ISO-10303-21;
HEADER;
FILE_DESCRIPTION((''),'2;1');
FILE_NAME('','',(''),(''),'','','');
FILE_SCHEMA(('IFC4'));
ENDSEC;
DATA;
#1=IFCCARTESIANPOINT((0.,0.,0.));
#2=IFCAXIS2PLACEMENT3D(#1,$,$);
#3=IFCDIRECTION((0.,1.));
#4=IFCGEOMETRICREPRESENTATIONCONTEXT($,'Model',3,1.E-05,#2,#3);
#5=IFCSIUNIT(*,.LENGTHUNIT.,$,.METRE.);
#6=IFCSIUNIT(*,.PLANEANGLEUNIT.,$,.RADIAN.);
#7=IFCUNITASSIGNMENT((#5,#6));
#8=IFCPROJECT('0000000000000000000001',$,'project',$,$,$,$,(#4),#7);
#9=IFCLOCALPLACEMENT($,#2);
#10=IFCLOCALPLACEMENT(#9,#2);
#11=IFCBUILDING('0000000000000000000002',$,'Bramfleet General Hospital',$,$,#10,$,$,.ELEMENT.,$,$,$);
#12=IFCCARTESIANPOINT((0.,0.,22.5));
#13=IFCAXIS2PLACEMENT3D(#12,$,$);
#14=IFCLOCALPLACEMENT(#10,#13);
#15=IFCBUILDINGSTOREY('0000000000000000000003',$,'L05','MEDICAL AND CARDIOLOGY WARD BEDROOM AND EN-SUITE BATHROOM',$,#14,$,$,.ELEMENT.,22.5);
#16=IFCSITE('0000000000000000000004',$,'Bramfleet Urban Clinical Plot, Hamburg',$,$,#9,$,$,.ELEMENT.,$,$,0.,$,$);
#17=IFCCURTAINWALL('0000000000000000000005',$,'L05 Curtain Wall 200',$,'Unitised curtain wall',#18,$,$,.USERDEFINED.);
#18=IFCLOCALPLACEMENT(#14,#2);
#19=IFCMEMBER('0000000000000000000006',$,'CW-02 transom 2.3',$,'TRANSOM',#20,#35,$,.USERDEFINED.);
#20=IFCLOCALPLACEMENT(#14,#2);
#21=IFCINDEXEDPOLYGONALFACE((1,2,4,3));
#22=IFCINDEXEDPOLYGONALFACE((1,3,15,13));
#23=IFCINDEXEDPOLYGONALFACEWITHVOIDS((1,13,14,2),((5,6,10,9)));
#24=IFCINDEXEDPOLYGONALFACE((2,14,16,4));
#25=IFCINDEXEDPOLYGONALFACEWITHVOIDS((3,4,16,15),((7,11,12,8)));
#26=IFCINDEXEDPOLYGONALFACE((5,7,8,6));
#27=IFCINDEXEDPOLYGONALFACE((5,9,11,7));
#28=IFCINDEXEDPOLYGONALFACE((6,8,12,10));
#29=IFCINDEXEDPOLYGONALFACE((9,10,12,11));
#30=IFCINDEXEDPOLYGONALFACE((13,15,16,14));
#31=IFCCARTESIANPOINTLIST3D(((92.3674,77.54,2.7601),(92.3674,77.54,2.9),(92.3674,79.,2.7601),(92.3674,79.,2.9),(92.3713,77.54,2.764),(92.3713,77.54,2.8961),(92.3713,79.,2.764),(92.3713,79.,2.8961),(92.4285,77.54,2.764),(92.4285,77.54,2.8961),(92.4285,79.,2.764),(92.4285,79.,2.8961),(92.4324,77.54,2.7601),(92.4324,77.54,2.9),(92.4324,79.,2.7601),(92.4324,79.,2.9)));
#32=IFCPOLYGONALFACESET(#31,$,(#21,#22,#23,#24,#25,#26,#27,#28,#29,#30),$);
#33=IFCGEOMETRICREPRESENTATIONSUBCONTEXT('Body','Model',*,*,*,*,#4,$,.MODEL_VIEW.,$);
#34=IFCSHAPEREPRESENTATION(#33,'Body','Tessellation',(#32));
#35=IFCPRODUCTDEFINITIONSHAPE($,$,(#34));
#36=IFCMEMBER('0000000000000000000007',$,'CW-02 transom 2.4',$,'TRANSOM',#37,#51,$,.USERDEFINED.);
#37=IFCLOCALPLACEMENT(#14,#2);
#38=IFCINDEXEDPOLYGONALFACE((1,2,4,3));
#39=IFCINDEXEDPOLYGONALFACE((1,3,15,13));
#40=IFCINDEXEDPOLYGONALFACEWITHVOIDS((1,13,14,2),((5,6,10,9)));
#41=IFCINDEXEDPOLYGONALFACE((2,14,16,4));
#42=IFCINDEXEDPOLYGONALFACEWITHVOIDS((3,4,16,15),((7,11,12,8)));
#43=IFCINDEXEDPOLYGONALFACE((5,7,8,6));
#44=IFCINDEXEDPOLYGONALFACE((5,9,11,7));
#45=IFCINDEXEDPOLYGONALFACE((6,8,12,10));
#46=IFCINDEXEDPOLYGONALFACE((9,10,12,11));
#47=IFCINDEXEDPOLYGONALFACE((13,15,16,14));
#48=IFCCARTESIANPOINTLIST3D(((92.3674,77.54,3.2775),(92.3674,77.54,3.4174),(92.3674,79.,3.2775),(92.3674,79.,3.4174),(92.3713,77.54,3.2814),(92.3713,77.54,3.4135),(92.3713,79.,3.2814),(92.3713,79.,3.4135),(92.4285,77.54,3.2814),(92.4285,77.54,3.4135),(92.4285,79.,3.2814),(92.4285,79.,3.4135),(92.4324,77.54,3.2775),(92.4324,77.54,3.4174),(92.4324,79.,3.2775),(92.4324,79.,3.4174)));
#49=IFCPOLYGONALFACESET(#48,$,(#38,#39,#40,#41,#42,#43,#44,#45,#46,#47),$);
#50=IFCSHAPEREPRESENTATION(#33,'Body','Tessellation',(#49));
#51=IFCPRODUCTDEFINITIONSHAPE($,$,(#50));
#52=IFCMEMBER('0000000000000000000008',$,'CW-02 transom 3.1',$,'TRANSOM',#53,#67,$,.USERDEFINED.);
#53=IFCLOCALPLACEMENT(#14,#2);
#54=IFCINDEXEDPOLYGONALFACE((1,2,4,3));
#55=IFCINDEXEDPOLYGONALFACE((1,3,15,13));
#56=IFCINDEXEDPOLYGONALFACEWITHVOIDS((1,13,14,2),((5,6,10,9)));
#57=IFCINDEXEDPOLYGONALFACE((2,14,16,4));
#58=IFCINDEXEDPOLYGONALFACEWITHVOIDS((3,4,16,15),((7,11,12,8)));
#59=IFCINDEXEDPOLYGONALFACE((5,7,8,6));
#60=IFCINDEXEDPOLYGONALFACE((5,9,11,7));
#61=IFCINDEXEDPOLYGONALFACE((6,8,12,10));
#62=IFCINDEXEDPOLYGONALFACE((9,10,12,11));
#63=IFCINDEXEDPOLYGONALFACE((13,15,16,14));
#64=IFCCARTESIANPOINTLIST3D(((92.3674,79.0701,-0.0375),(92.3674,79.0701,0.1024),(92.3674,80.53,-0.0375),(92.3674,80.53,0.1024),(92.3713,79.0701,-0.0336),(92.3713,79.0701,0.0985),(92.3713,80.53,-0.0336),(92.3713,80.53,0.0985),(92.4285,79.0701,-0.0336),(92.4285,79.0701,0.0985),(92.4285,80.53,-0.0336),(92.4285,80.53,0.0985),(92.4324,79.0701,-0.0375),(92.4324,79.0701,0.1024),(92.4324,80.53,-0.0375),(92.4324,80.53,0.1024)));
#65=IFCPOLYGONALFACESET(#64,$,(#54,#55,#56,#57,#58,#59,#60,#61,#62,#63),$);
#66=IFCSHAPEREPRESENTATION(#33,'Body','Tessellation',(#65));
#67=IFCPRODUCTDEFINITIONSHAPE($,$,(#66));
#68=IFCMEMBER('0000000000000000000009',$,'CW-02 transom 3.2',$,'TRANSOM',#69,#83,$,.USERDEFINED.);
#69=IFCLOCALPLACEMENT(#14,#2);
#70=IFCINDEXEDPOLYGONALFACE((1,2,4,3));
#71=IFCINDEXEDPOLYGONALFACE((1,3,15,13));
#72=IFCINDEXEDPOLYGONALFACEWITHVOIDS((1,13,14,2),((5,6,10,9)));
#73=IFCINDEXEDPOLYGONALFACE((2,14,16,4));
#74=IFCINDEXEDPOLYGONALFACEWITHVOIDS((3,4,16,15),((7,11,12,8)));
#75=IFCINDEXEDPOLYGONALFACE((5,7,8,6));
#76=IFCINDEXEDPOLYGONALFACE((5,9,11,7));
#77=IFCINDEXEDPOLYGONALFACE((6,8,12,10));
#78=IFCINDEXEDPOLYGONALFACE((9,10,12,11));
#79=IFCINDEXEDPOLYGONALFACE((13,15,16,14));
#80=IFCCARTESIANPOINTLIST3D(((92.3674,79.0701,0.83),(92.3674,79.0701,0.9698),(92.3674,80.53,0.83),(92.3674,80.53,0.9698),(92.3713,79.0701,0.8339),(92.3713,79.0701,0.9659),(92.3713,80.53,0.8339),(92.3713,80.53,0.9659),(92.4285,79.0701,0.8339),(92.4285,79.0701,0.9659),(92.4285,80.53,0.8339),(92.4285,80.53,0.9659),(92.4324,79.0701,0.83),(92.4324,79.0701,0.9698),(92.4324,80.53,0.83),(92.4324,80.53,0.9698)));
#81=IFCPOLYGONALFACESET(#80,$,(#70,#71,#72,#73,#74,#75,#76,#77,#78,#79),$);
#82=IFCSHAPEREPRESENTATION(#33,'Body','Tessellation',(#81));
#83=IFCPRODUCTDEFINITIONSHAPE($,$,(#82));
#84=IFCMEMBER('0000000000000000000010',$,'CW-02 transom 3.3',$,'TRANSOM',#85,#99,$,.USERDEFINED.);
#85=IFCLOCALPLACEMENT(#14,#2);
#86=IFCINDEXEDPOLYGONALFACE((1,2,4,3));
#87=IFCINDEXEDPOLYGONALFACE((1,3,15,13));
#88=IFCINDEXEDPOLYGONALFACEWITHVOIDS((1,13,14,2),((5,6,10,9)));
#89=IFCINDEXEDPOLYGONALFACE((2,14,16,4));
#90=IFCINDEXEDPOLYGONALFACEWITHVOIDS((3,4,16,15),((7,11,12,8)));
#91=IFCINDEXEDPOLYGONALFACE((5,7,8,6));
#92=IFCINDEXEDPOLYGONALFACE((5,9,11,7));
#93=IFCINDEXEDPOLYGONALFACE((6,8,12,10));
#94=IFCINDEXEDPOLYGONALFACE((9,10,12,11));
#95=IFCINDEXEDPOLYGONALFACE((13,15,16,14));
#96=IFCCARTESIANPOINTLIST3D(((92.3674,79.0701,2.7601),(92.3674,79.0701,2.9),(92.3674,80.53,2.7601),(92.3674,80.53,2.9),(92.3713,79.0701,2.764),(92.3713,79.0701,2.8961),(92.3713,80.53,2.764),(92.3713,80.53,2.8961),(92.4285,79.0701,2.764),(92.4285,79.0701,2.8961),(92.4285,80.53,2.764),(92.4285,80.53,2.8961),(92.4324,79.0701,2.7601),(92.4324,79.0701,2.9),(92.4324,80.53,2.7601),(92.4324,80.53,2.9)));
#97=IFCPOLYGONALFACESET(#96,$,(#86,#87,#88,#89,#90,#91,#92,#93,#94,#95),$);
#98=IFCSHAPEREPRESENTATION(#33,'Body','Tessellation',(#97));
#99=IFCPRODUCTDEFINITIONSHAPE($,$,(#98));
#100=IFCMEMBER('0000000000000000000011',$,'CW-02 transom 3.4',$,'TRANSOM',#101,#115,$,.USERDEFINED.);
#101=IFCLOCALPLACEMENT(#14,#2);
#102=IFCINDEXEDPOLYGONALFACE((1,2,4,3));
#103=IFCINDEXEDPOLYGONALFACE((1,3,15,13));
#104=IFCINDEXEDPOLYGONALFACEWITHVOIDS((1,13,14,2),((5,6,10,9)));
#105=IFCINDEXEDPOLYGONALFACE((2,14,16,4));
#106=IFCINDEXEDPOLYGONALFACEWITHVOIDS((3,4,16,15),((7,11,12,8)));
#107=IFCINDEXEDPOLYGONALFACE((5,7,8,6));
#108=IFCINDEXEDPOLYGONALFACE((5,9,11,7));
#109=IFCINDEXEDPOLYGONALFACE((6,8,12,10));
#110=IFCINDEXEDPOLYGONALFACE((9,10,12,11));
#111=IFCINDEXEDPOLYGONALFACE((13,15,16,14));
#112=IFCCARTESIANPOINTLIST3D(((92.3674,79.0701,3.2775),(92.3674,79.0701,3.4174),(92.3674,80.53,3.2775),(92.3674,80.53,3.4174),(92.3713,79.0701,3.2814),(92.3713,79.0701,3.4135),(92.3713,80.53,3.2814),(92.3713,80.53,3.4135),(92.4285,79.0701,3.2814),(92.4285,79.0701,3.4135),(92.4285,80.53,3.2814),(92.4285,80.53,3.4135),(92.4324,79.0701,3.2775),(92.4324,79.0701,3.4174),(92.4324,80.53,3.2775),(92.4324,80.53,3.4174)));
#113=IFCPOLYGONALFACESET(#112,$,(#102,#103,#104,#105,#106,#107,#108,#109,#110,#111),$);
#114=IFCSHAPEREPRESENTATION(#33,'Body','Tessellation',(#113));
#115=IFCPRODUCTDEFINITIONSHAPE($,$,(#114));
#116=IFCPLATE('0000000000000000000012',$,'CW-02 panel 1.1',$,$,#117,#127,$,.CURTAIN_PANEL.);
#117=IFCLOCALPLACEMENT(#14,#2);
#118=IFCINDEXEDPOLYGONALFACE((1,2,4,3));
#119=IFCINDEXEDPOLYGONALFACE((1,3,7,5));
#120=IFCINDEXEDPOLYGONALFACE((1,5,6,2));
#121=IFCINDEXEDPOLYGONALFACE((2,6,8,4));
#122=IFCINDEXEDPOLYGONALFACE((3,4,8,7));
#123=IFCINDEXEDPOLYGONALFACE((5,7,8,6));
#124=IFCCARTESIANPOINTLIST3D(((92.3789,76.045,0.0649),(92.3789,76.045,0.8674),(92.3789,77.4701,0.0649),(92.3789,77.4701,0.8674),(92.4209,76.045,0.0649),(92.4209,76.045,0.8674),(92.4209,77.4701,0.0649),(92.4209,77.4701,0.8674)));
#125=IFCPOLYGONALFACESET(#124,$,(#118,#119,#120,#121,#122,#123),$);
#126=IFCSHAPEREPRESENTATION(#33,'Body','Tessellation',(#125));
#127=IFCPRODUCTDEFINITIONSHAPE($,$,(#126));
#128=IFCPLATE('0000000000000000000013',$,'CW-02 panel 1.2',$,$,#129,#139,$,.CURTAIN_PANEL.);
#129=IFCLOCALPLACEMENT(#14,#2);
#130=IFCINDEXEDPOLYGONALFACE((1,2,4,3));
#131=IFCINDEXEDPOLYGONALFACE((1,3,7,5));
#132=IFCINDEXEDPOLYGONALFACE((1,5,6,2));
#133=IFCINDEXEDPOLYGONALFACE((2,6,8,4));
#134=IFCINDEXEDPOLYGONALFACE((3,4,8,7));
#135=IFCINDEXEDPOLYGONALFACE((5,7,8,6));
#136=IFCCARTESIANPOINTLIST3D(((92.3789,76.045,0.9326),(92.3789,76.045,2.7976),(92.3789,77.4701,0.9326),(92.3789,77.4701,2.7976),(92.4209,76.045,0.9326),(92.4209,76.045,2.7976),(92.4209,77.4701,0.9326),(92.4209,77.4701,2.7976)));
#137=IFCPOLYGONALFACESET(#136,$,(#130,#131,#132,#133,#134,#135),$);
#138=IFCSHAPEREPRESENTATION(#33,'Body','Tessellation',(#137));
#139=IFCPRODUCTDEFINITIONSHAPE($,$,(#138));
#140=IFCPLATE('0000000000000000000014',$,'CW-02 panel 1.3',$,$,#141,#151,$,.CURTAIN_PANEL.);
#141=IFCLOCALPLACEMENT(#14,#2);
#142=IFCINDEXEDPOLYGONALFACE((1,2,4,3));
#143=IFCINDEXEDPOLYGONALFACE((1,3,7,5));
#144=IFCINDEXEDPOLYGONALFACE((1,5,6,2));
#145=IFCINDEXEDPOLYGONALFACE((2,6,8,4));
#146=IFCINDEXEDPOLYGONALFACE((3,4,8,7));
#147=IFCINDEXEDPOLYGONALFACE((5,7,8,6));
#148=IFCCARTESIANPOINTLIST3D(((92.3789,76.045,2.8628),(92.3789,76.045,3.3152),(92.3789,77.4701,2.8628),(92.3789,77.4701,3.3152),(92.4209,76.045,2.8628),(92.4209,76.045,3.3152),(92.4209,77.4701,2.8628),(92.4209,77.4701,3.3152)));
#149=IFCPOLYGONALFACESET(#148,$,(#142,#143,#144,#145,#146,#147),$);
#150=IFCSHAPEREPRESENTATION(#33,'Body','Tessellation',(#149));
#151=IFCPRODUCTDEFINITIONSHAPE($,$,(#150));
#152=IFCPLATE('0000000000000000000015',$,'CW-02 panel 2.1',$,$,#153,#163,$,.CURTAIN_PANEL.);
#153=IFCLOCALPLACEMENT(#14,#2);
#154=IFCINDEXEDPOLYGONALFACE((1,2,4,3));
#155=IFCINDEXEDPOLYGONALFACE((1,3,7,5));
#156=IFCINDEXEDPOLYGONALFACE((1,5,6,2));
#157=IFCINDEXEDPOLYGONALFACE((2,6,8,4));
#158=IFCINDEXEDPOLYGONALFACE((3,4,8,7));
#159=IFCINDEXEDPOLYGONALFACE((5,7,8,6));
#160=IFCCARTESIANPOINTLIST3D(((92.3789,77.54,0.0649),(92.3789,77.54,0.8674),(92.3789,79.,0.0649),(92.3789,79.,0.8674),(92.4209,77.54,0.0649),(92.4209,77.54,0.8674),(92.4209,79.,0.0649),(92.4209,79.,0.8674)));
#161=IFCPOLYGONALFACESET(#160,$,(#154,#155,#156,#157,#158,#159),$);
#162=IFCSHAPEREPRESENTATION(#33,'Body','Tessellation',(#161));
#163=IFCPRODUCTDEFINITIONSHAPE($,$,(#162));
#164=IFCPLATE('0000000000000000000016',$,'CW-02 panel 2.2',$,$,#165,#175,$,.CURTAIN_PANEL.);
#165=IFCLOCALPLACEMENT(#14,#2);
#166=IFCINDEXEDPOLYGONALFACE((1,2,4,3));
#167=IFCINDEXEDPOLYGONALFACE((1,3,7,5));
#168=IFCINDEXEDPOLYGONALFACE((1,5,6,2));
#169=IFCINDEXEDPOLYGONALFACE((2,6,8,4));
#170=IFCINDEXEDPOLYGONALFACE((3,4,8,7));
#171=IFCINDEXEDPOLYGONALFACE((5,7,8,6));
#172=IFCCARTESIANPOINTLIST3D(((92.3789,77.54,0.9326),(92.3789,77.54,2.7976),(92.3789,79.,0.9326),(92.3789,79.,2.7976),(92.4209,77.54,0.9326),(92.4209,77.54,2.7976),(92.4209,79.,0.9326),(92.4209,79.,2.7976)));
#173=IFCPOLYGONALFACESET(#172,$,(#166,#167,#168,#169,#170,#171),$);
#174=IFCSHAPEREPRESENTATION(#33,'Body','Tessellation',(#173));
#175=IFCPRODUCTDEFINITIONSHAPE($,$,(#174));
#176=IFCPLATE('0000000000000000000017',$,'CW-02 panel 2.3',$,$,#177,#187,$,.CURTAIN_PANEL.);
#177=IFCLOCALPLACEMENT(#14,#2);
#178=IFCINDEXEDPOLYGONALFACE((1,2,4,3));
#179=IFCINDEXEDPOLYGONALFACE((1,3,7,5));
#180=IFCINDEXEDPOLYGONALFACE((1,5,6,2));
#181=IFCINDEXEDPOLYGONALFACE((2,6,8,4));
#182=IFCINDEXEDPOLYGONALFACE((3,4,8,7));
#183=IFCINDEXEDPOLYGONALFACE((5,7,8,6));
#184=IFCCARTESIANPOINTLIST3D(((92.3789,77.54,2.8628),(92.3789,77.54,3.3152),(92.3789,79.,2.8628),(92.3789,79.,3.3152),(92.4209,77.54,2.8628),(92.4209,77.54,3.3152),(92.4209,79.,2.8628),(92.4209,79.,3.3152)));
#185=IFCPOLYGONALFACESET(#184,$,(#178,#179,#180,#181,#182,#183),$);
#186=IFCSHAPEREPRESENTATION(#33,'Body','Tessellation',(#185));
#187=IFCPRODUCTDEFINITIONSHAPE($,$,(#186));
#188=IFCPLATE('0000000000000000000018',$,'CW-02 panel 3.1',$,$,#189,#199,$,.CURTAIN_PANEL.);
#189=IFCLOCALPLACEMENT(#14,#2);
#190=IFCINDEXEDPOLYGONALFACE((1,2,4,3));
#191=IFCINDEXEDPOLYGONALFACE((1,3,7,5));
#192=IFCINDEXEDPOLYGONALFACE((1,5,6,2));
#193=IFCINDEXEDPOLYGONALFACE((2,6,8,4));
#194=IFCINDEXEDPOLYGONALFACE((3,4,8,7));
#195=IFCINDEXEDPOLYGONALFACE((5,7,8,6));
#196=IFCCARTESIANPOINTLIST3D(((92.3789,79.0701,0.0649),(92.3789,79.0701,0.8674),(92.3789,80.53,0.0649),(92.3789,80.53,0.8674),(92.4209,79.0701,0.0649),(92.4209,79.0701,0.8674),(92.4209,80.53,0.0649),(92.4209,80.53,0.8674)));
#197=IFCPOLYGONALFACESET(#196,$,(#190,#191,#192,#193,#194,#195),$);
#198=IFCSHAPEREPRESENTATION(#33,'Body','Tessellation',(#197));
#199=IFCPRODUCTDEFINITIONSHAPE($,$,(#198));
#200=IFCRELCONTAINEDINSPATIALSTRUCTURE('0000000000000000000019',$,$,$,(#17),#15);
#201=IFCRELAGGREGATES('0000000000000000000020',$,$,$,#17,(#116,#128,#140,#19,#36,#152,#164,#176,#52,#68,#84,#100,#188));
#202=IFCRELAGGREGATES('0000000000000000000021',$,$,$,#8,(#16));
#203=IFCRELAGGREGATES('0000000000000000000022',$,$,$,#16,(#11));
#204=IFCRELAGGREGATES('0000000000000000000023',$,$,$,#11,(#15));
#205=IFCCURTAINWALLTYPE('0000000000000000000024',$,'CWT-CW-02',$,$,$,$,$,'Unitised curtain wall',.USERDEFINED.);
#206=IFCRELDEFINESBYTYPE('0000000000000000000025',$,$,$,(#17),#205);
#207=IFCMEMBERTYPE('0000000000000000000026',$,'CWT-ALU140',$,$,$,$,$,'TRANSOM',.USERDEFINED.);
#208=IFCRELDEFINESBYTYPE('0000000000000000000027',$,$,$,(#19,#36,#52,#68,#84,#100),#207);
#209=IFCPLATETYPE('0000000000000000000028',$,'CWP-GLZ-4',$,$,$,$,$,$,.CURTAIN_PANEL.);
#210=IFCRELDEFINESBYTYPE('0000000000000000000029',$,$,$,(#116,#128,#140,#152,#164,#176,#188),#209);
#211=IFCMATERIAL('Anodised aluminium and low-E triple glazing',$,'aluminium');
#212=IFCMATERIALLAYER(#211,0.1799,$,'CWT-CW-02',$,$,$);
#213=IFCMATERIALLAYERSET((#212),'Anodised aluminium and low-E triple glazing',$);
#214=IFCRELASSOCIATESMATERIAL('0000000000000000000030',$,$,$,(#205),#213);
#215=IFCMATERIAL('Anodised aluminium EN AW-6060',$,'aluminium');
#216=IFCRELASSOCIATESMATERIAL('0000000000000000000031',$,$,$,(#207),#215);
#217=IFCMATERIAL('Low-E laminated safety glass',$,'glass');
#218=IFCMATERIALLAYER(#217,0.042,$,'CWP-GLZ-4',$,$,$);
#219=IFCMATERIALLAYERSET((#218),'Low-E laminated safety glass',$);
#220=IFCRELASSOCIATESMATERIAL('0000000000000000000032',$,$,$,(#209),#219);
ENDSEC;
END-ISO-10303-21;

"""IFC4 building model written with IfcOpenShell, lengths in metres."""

from ifc_helpers import new_model, si_unit, direction, frame, origin, origin_2d, place, context, subcontext, project, spatial, rectangle, hollow_rectangle, extrude, material, layer, layer_set, material_profile, profile_set, type_object, element, aggregate, save


model = new_model("IFC4")

# Units and contexts
model_context = context("Model", 3, precision=1e-05, world=origin(), true_north=direction((0.0, 1.0)))
body_context = subcontext(model_context, "Body", "Model", "MODEL_VIEW")
ifc_project = project(units=[si_unit("LENGTHUNIT", "METRE"), si_unit("PLANEANGLEUNIT", "RADIAN")], contexts=[model_context])

# Site, building, storey
site_placement = place(None, origin())
site = spatial("IfcSite", under=ifc_project, at=site_placement, Name="Bramfleet Urban Clinical Plot, Hamburg", CompositionType="ELEMENT", RefElevation=0.0)
building_placement = place(site_placement, origin())
building = spatial("IfcBuilding", under=site, at=building_placement, Name="Bramfleet General Hospital", CompositionType="ELEMENT")
storey_placement = place(building_placement, frame((0.0, 0.0, 22.5)))
storey = spatial("IfcBuildingStorey", under=building, at=storey_placement, Name="L05", Description="MEDICAL AND CARDIOLOGY WARD BEDROOM AND EN-SUITE BATHROOM", CompositionType="ELEMENT", Elevation=22.5)

# Curtain wall, members, plates
ifc_material_1 = material(Name="Anodised aluminium and low-E triple glazing", Category="aluminium")
ifc_layer_1 = layer(ifc_material_1, 0.1799, Name="CWT-CW-02")
ifc_layer_set_1 = layer_set([ifc_layer_1], Name="Anodised aluminium and low-E triple glazing")
curtain_wall_type = type_object("IfcCurtainWallType", Name="CWT-CW-02", ElementType="Unitised curtain wall", PredefinedType="USERDEFINED", material=ifc_layer_set_1)
curtain_wall_placement = place(storey_placement, origin())
curtain_wall = element("IfcCurtainWall", 1, at=curtain_wall_placement, inside=storey, type_object=curtain_wall_type, Name="L05 Curtain Wall 200", ObjectType="Unitised curtain wall", PredefinedType="USERDEFINED")
ifc_material_2 = material(Name="Anodised aluminium EN AW-6060", Category="aluminium")
ifc_material_profile_1 = material_profile(ifc_material_2, hollow_rectangle(XDim=0.0649, YDim=0.1399, WallThickness=0.0039, at=origin_2d()), Name="ALU 140x65x4.0")
ifc_profile_set_1 = profile_set([ifc_material_profile_1], Name="Anodised aluminium EN AW-6060")
member_type_1 = type_object("IfcMemberType", Name="CWT-ALU140", ElementType="TRANSOM", PredefinedType="USERDEFINED", material=ifc_profile_set_1)
member_1_placement = place(storey_placement, frame((92.3999, 77.54, 2.8301), z_axis=(0.0, 1.0, 0.0), x_axis=(-1.0, 0.0, 0.0)))
member_1 = element("IfcMember", 2, at=member_1_placement, type_object=member_type_1, Name="CW-02 transom 2.3", ObjectType="TRANSOM", PredefinedType="USERDEFINED", context=body_context, shape_type="SweptSolid", body=[
    extrude(hollow_rectangle(XDim=0.0649, YDim=0.1399, WallThickness=0.0039, at=origin_2d()), origin(), (0.0, 0.0, 1.0), 1.46),
])
member_2_placement = place(storey_placement, frame((92.3999, 77.54, 3.3474), z_axis=(0.0, 1.0, 0.0), x_axis=(-1.0, 0.0, 0.0)))
member_2 = element("IfcMember", 3, at=member_2_placement, type_object=member_type_1, Name="CW-02 transom 2.4", ObjectType="TRANSOM", PredefinedType="USERDEFINED", context=body_context, shape_type="SweptSolid", body=[
    extrude(hollow_rectangle(XDim=0.0649, YDim=0.1399, WallThickness=0.0039, at=origin_2d()), origin(), (0.0, 0.0, 1.0), 1.46),
])
member_3_placement = place(storey_placement, frame((92.3999, 79.0701, 0.0325), z_axis=(0.0, 1.0, 0.0), x_axis=(-1.0, 0.0, 0.0)))
member_3 = element("IfcMember", 4, at=member_3_placement, type_object=member_type_1, Name="CW-02 transom 3.1", ObjectType="TRANSOM", PredefinedType="USERDEFINED", context=body_context, shape_type="SweptSolid", body=[
    extrude(hollow_rectangle(XDim=0.0649, YDim=0.1399, WallThickness=0.0039, at=origin_2d()), origin(), (0.0, 0.0, 1.0), 1.46),
])
member_4_placement = place(storey_placement, frame((92.3999, 79.0701, 0.8999), z_axis=(0.0, 1.0, 0.0), x_axis=(-1.0, 0.0, 0.0)))
member_4 = element("IfcMember", 5, at=member_4_placement, type_object=member_type_1, Name="CW-02 transom 3.2", ObjectType="TRANSOM", PredefinedType="USERDEFINED", context=body_context, shape_type="SweptSolid", body=[
    extrude(hollow_rectangle(XDim=0.0649, YDim=0.1399, WallThickness=0.0039, at=origin_2d()), origin(), (0.0, 0.0, 1.0), 1.46),
])
member_5_placement = place(storey_placement, frame((92.3999, 79.0701, 2.8301), z_axis=(0.0, 1.0, 0.0), x_axis=(-1.0, 0.0, 0.0)))
member_5 = element("IfcMember", 6, at=member_5_placement, type_object=member_type_1, Name="CW-02 transom 3.3", ObjectType="TRANSOM", PredefinedType="USERDEFINED", context=body_context, shape_type="SweptSolid", body=[
    extrude(hollow_rectangle(XDim=0.0649, YDim=0.1399, WallThickness=0.0039, at=origin_2d()), origin(), (0.0, 0.0, 1.0), 1.46),
])
member_6_placement = place(storey_placement, frame((92.3999, 79.0701, 3.3474), z_axis=(0.0, 1.0, 0.0), x_axis=(-1.0, 0.0, 0.0)))
member_6 = element("IfcMember", 7, at=member_6_placement, type_object=member_type_1, Name="CW-02 transom 3.4", ObjectType="TRANSOM", PredefinedType="USERDEFINED", context=body_context, shape_type="SweptSolid", body=[
    extrude(hollow_rectangle(XDim=0.0649, YDim=0.1399, WallThickness=0.0039, at=origin_2d()), origin(), (0.0, 0.0, 1.0), 1.46),
])
ifc_material_3 = material(Name="Low-E laminated safety glass", Category="glass")
ifc_layer_2 = layer(ifc_material_3, 0.042, Name="CWP-GLZ-4")
ifc_layer_set_2 = layer_set([ifc_layer_2], Name="Low-E laminated safety glass")
plate_type = type_object("IfcPlateType", Name="CWP-GLZ-4", PredefinedType="CURTAIN_PANEL", material=ifc_layer_set_2)
plate_1_placement = place(storey_placement, frame((92.3999, 76.7576, 0.0649), z_axis=(0.0, 0.0, 1.0), x_axis=(0.0, 1.0, 0.0)))
plate_1 = element("IfcPlate", 8, at=plate_1_placement, type_object=plate_type, Name="CW-02 panel 1.1", PredefinedType="CURTAIN_PANEL", context=body_context, shape_type="SweptSolid", body=[
    extrude(rectangle(XDim=1.425, YDim=0.042, at=origin_2d()), origin(), (0.0, 0.0, 1.0), 0.8025),
])
plate_2_placement = place(storey_placement, frame((92.3999, 76.7576, 0.9326), z_axis=(0.0, 0.0, 1.0), x_axis=(0.0, 1.0, 0.0)))
plate_2 = element("IfcPlate", 9, at=plate_2_placement, type_object=plate_type, Name="CW-02 panel 1.2", PredefinedType="CURTAIN_PANEL", context=body_context, shape_type="SweptSolid", body=[
    extrude(rectangle(XDim=1.425, YDim=0.042, at=origin_2d()), origin(), (0.0, 0.0, 1.0), 1.865),
])
plate_3_placement = place(storey_placement, frame((92.3999, 76.7576, 2.8628), z_axis=(0.0, 0.0, 1.0), x_axis=(0.0, 1.0, 0.0)))
plate_3 = element("IfcPlate", 10, at=plate_3_placement, type_object=plate_type, Name="CW-02 panel 1.3", PredefinedType="CURTAIN_PANEL", context=body_context, shape_type="SweptSolid", body=[
    extrude(rectangle(XDim=1.425, YDim=0.042, at=origin_2d()), origin(), (0.0, 0.0, 1.0), 0.4524),
])
plate_4_placement = place(storey_placement, frame((92.3999, 78.27, 0.0649), z_axis=(0.0, 0.0, 1.0), x_axis=(0.0, 1.0, 0.0)))
plate_4 = element("IfcPlate", 11, at=plate_4_placement, type_object=plate_type, Name="CW-02 panel 2.1", PredefinedType="CURTAIN_PANEL", context=body_context, shape_type="SweptSolid", body=[
    extrude(rectangle(XDim=1.46, YDim=0.042, at=origin_2d()), origin(), (0.0, 0.0, 1.0), 0.8025),
])
plate_5_placement = place(storey_placement, frame((92.3999, 78.27, 0.9326), z_axis=(0.0, 0.0, 1.0), x_axis=(0.0, 1.0, 0.0)))
plate_5 = element("IfcPlate", 12, at=plate_5_placement, type_object=plate_type, Name="CW-02 panel 2.2", PredefinedType="CURTAIN_PANEL", context=body_context, shape_type="SweptSolid", body=[
    extrude(rectangle(XDim=1.46, YDim=0.042, at=origin_2d()), origin(), (0.0, 0.0, 1.0), 1.865),
])
plate_6_placement = place(storey_placement, frame((92.3999, 78.27, 2.8628), z_axis=(0.0, 0.0, 1.0), x_axis=(0.0, 1.0, 0.0)))
plate_6 = element("IfcPlate", 13, at=plate_6_placement, type_object=plate_type, Name="CW-02 panel 2.3", PredefinedType="CURTAIN_PANEL", context=body_context, shape_type="SweptSolid", body=[
    extrude(rectangle(XDim=1.46, YDim=0.042, at=origin_2d()), origin(), (0.0, 0.0, 1.0), 0.4524),
])
plate_7_placement = place(storey_placement, frame((92.3999, 79.8, 0.0649), z_axis=(0.0, 0.0, 1.0), x_axis=(0.0, 1.0, 0.0)))
plate_7 = element("IfcPlate", 14, at=plate_7_placement, type_object=plate_type, Name="CW-02 panel 3.1", PredefinedType="CURTAIN_PANEL", context=body_context, shape_type="SweptSolid", body=[
    extrude(rectangle(XDim=1.46, YDim=0.042, at=origin_2d()), origin(), (0.0, 0.0, 1.0), 0.8025),
])
aggregate(curtain_wall, [plate_1, plate_2, plate_3, member_1, member_2, plate_4, plate_5, plate_6, member_3, member_4, member_5, member_6, plate_7])

save(model, "model.ifc")
